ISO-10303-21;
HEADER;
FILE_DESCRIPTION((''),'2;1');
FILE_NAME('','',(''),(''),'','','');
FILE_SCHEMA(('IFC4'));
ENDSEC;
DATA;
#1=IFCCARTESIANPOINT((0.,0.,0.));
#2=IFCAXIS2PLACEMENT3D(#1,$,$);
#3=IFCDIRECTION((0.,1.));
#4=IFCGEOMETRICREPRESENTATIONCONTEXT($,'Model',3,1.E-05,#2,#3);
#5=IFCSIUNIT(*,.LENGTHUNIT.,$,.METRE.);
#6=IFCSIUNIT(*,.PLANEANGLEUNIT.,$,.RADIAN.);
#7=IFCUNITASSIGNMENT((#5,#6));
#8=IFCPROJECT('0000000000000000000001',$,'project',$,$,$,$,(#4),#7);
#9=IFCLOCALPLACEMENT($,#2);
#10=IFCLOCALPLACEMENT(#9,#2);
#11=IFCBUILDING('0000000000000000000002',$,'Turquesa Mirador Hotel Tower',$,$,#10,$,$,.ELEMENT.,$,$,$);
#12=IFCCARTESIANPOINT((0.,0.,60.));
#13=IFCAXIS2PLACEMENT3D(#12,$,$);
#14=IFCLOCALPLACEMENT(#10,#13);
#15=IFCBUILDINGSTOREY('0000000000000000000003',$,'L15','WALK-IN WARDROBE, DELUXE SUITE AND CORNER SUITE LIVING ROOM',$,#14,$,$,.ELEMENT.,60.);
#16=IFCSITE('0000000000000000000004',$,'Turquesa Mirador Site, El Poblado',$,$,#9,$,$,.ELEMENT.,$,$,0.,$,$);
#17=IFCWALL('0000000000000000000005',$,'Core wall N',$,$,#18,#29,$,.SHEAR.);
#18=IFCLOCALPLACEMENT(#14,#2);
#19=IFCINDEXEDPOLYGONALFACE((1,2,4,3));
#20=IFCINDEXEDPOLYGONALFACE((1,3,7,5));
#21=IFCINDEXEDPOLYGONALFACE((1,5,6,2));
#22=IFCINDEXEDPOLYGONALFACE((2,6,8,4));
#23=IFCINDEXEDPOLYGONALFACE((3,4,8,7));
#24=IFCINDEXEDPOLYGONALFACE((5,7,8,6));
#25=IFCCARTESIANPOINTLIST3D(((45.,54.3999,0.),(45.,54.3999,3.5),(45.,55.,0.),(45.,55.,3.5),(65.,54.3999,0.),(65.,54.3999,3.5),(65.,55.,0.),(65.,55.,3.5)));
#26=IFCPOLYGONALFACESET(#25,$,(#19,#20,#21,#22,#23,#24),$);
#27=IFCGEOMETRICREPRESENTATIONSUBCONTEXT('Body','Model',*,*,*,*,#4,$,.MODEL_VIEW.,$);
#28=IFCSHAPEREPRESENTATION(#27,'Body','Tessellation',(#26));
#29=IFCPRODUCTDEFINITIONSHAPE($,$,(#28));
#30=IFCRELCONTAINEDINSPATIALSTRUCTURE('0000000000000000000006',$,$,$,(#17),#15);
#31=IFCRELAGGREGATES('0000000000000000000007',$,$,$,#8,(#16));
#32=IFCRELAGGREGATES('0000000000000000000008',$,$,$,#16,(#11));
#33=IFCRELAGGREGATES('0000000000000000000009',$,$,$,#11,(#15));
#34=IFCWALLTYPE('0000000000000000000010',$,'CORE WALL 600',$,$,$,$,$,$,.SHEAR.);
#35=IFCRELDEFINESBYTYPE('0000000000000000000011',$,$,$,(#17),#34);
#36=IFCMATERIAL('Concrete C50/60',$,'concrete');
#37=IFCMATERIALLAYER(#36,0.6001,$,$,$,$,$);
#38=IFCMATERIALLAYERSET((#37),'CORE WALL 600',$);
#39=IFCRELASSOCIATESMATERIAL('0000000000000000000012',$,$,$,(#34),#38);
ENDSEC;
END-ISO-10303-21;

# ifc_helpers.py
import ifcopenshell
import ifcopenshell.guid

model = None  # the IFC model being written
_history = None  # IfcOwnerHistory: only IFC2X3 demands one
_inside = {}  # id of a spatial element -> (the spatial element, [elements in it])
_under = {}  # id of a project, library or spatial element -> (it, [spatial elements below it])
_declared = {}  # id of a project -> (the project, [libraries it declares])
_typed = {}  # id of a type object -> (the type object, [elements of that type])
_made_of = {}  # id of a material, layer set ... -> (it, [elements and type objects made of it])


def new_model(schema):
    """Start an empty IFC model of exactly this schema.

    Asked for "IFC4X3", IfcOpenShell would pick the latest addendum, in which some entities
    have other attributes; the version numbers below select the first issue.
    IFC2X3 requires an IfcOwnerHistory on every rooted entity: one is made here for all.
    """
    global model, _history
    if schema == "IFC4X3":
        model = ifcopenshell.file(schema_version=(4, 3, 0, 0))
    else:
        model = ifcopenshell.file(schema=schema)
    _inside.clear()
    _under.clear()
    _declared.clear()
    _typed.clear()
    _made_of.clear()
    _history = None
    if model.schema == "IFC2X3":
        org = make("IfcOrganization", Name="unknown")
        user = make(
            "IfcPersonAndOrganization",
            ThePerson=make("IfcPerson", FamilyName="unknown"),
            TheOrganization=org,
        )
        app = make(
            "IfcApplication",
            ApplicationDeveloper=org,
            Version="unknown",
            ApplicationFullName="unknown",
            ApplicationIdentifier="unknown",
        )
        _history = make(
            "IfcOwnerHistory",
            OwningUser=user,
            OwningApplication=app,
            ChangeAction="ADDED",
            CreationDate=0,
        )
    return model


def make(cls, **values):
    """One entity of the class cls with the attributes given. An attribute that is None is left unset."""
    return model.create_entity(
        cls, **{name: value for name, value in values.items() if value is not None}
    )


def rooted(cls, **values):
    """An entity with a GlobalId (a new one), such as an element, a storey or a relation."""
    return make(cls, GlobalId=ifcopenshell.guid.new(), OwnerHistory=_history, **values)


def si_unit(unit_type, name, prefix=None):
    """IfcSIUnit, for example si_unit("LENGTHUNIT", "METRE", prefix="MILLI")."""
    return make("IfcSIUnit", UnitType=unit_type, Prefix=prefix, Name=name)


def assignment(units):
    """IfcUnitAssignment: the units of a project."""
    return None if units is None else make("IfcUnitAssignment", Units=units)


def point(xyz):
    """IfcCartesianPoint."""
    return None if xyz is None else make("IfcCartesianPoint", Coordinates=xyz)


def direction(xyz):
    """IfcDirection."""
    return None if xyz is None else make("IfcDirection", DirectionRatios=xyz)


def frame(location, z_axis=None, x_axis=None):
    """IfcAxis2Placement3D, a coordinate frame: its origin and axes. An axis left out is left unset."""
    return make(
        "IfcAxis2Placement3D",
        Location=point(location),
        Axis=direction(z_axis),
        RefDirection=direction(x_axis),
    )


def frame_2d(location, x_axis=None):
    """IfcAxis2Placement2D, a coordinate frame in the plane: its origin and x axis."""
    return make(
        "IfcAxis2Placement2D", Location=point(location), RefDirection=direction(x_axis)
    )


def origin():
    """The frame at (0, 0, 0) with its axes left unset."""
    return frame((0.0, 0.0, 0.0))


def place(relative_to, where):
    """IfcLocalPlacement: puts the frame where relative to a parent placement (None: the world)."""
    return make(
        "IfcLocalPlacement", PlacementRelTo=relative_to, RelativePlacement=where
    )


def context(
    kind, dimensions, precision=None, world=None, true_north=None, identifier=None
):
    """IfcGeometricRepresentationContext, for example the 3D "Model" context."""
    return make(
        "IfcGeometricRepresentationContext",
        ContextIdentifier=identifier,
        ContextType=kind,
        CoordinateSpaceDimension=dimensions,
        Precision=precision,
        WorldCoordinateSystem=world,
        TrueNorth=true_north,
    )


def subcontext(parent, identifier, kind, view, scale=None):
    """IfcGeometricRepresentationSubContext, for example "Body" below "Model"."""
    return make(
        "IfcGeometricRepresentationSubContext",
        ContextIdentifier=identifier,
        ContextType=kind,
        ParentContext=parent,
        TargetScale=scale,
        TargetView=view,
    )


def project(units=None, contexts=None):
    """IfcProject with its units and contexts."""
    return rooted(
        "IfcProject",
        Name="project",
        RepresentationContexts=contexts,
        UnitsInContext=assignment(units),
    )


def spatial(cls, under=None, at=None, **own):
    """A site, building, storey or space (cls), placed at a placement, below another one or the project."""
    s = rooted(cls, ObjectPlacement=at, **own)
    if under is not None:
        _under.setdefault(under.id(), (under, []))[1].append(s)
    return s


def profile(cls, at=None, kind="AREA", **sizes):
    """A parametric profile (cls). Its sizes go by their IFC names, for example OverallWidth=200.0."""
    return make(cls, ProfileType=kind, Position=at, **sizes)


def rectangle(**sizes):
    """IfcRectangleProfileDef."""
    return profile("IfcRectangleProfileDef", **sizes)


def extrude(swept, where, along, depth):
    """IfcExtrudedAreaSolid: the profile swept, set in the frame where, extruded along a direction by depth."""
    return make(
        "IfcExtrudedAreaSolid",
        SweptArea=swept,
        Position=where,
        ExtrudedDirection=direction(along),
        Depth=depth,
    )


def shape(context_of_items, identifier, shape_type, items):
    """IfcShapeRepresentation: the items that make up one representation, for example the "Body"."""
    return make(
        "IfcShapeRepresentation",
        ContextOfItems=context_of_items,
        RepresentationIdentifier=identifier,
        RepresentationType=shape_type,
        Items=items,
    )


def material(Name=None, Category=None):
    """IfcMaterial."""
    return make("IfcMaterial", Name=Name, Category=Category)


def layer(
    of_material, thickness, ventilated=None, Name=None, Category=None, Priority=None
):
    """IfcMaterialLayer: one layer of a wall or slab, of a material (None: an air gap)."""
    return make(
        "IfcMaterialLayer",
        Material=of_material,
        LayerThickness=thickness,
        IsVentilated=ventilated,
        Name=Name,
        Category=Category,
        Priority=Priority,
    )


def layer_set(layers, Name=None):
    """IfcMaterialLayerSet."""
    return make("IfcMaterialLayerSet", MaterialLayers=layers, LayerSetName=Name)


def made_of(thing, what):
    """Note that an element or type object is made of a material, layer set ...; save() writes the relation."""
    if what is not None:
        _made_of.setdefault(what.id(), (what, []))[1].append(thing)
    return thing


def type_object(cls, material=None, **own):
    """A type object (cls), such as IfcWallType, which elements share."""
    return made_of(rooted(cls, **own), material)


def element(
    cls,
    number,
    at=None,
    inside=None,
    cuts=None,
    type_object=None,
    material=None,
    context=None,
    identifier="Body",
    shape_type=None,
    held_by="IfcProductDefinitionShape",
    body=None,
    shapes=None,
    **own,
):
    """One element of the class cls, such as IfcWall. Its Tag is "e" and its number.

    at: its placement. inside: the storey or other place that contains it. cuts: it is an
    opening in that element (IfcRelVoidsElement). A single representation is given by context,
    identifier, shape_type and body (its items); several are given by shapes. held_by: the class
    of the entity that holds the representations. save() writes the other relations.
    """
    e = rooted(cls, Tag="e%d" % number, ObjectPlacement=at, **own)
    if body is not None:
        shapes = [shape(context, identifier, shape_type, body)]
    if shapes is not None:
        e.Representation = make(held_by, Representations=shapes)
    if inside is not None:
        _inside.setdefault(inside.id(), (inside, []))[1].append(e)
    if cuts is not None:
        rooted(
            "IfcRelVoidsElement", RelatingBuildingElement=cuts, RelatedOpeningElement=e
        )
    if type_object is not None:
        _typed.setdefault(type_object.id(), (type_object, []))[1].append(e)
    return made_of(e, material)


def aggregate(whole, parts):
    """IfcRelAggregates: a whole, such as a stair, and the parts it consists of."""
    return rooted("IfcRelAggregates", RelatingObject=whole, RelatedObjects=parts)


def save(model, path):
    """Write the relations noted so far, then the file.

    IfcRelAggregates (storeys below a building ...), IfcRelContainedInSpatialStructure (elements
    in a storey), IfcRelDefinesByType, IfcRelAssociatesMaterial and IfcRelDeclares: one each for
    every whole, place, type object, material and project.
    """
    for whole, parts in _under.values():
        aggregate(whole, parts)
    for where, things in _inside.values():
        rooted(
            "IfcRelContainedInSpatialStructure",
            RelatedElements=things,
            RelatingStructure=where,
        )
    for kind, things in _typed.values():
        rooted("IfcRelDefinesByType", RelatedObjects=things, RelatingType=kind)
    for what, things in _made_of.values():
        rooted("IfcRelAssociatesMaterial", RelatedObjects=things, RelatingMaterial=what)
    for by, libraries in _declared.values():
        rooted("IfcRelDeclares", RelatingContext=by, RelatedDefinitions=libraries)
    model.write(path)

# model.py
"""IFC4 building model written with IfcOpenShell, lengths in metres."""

from ifc_helpers import new_model, si_unit, direction, frame, frame_2d, origin, place, context, subcontext, project, spatial, rectangle, extrude, material, layer, layer_set, type_object, element, save


model = new_model("IFC4")

# Units and contexts
model_context = context("Model", 3, precision=1e-05, world=origin(), true_north=direction((0.0, 1.0)))
body_context = subcontext(model_context, "Body", "Model", "MODEL_VIEW")
ifc_project = project(units=[si_unit("LENGTHUNIT", "METRE"), si_unit("PLANEANGLEUNIT", "RADIAN")], contexts=[model_context])

# Site, building, storey
site_placement = place(None, origin())
site = spatial("IfcSite", under=ifc_project, at=site_placement, Name="Turquesa Mirador Site, El Poblado", CompositionType="ELEMENT", RefElevation=0.0)
building_placement = place(site_placement, origin())
building = spatial("IfcBuilding", under=site, at=building_placement, Name="Turquesa Mirador Hotel Tower", CompositionType="ELEMENT")
storey_placement = place(building_placement, frame((0.0, 0.0, 60.0)))
storey = spatial("IfcBuildingStorey", under=building, at=storey_placement, Name="L15", Description="WALK-IN WARDROBE, DELUXE SUITE AND CORNER SUITE LIVING ROOM", CompositionType="ELEMENT", Elevation=60.0)

# Wall
ifc_material_1 = material(Name="Concrete C50/60", Category="concrete")
ifc_layer_1 = layer(ifc_material_1, 0.6001)
ifc_layer_set_1 = layer_set([ifc_layer_1], Name="CORE WALL 600")
wall_type_1 = type_object("IfcWallType", Name="CORE WALL 600", PredefinedType="SHEAR", material=ifc_layer_set_1)
wall_1_placement = place(storey_placement, frame((45.0, 54.7, 0.0), z_axis=(0.0, 0.0, 1.0), x_axis=(1.0, 0.0, 0.0)))
element("IfcWall", 1, at=wall_1_placement, inside=storey, type_object=wall_type_1, Name="Core wall N", PredefinedType="SHEAR", context=body_context, shape_type="SweptSolid", body=[
    extrude(rectangle(XDim=20.0, YDim=0.6001, at=frame_2d((10.0, 0.0))), origin(), (0.0, 0.0, 1.0), 3.5),
])

save(model, "model.ifc")
